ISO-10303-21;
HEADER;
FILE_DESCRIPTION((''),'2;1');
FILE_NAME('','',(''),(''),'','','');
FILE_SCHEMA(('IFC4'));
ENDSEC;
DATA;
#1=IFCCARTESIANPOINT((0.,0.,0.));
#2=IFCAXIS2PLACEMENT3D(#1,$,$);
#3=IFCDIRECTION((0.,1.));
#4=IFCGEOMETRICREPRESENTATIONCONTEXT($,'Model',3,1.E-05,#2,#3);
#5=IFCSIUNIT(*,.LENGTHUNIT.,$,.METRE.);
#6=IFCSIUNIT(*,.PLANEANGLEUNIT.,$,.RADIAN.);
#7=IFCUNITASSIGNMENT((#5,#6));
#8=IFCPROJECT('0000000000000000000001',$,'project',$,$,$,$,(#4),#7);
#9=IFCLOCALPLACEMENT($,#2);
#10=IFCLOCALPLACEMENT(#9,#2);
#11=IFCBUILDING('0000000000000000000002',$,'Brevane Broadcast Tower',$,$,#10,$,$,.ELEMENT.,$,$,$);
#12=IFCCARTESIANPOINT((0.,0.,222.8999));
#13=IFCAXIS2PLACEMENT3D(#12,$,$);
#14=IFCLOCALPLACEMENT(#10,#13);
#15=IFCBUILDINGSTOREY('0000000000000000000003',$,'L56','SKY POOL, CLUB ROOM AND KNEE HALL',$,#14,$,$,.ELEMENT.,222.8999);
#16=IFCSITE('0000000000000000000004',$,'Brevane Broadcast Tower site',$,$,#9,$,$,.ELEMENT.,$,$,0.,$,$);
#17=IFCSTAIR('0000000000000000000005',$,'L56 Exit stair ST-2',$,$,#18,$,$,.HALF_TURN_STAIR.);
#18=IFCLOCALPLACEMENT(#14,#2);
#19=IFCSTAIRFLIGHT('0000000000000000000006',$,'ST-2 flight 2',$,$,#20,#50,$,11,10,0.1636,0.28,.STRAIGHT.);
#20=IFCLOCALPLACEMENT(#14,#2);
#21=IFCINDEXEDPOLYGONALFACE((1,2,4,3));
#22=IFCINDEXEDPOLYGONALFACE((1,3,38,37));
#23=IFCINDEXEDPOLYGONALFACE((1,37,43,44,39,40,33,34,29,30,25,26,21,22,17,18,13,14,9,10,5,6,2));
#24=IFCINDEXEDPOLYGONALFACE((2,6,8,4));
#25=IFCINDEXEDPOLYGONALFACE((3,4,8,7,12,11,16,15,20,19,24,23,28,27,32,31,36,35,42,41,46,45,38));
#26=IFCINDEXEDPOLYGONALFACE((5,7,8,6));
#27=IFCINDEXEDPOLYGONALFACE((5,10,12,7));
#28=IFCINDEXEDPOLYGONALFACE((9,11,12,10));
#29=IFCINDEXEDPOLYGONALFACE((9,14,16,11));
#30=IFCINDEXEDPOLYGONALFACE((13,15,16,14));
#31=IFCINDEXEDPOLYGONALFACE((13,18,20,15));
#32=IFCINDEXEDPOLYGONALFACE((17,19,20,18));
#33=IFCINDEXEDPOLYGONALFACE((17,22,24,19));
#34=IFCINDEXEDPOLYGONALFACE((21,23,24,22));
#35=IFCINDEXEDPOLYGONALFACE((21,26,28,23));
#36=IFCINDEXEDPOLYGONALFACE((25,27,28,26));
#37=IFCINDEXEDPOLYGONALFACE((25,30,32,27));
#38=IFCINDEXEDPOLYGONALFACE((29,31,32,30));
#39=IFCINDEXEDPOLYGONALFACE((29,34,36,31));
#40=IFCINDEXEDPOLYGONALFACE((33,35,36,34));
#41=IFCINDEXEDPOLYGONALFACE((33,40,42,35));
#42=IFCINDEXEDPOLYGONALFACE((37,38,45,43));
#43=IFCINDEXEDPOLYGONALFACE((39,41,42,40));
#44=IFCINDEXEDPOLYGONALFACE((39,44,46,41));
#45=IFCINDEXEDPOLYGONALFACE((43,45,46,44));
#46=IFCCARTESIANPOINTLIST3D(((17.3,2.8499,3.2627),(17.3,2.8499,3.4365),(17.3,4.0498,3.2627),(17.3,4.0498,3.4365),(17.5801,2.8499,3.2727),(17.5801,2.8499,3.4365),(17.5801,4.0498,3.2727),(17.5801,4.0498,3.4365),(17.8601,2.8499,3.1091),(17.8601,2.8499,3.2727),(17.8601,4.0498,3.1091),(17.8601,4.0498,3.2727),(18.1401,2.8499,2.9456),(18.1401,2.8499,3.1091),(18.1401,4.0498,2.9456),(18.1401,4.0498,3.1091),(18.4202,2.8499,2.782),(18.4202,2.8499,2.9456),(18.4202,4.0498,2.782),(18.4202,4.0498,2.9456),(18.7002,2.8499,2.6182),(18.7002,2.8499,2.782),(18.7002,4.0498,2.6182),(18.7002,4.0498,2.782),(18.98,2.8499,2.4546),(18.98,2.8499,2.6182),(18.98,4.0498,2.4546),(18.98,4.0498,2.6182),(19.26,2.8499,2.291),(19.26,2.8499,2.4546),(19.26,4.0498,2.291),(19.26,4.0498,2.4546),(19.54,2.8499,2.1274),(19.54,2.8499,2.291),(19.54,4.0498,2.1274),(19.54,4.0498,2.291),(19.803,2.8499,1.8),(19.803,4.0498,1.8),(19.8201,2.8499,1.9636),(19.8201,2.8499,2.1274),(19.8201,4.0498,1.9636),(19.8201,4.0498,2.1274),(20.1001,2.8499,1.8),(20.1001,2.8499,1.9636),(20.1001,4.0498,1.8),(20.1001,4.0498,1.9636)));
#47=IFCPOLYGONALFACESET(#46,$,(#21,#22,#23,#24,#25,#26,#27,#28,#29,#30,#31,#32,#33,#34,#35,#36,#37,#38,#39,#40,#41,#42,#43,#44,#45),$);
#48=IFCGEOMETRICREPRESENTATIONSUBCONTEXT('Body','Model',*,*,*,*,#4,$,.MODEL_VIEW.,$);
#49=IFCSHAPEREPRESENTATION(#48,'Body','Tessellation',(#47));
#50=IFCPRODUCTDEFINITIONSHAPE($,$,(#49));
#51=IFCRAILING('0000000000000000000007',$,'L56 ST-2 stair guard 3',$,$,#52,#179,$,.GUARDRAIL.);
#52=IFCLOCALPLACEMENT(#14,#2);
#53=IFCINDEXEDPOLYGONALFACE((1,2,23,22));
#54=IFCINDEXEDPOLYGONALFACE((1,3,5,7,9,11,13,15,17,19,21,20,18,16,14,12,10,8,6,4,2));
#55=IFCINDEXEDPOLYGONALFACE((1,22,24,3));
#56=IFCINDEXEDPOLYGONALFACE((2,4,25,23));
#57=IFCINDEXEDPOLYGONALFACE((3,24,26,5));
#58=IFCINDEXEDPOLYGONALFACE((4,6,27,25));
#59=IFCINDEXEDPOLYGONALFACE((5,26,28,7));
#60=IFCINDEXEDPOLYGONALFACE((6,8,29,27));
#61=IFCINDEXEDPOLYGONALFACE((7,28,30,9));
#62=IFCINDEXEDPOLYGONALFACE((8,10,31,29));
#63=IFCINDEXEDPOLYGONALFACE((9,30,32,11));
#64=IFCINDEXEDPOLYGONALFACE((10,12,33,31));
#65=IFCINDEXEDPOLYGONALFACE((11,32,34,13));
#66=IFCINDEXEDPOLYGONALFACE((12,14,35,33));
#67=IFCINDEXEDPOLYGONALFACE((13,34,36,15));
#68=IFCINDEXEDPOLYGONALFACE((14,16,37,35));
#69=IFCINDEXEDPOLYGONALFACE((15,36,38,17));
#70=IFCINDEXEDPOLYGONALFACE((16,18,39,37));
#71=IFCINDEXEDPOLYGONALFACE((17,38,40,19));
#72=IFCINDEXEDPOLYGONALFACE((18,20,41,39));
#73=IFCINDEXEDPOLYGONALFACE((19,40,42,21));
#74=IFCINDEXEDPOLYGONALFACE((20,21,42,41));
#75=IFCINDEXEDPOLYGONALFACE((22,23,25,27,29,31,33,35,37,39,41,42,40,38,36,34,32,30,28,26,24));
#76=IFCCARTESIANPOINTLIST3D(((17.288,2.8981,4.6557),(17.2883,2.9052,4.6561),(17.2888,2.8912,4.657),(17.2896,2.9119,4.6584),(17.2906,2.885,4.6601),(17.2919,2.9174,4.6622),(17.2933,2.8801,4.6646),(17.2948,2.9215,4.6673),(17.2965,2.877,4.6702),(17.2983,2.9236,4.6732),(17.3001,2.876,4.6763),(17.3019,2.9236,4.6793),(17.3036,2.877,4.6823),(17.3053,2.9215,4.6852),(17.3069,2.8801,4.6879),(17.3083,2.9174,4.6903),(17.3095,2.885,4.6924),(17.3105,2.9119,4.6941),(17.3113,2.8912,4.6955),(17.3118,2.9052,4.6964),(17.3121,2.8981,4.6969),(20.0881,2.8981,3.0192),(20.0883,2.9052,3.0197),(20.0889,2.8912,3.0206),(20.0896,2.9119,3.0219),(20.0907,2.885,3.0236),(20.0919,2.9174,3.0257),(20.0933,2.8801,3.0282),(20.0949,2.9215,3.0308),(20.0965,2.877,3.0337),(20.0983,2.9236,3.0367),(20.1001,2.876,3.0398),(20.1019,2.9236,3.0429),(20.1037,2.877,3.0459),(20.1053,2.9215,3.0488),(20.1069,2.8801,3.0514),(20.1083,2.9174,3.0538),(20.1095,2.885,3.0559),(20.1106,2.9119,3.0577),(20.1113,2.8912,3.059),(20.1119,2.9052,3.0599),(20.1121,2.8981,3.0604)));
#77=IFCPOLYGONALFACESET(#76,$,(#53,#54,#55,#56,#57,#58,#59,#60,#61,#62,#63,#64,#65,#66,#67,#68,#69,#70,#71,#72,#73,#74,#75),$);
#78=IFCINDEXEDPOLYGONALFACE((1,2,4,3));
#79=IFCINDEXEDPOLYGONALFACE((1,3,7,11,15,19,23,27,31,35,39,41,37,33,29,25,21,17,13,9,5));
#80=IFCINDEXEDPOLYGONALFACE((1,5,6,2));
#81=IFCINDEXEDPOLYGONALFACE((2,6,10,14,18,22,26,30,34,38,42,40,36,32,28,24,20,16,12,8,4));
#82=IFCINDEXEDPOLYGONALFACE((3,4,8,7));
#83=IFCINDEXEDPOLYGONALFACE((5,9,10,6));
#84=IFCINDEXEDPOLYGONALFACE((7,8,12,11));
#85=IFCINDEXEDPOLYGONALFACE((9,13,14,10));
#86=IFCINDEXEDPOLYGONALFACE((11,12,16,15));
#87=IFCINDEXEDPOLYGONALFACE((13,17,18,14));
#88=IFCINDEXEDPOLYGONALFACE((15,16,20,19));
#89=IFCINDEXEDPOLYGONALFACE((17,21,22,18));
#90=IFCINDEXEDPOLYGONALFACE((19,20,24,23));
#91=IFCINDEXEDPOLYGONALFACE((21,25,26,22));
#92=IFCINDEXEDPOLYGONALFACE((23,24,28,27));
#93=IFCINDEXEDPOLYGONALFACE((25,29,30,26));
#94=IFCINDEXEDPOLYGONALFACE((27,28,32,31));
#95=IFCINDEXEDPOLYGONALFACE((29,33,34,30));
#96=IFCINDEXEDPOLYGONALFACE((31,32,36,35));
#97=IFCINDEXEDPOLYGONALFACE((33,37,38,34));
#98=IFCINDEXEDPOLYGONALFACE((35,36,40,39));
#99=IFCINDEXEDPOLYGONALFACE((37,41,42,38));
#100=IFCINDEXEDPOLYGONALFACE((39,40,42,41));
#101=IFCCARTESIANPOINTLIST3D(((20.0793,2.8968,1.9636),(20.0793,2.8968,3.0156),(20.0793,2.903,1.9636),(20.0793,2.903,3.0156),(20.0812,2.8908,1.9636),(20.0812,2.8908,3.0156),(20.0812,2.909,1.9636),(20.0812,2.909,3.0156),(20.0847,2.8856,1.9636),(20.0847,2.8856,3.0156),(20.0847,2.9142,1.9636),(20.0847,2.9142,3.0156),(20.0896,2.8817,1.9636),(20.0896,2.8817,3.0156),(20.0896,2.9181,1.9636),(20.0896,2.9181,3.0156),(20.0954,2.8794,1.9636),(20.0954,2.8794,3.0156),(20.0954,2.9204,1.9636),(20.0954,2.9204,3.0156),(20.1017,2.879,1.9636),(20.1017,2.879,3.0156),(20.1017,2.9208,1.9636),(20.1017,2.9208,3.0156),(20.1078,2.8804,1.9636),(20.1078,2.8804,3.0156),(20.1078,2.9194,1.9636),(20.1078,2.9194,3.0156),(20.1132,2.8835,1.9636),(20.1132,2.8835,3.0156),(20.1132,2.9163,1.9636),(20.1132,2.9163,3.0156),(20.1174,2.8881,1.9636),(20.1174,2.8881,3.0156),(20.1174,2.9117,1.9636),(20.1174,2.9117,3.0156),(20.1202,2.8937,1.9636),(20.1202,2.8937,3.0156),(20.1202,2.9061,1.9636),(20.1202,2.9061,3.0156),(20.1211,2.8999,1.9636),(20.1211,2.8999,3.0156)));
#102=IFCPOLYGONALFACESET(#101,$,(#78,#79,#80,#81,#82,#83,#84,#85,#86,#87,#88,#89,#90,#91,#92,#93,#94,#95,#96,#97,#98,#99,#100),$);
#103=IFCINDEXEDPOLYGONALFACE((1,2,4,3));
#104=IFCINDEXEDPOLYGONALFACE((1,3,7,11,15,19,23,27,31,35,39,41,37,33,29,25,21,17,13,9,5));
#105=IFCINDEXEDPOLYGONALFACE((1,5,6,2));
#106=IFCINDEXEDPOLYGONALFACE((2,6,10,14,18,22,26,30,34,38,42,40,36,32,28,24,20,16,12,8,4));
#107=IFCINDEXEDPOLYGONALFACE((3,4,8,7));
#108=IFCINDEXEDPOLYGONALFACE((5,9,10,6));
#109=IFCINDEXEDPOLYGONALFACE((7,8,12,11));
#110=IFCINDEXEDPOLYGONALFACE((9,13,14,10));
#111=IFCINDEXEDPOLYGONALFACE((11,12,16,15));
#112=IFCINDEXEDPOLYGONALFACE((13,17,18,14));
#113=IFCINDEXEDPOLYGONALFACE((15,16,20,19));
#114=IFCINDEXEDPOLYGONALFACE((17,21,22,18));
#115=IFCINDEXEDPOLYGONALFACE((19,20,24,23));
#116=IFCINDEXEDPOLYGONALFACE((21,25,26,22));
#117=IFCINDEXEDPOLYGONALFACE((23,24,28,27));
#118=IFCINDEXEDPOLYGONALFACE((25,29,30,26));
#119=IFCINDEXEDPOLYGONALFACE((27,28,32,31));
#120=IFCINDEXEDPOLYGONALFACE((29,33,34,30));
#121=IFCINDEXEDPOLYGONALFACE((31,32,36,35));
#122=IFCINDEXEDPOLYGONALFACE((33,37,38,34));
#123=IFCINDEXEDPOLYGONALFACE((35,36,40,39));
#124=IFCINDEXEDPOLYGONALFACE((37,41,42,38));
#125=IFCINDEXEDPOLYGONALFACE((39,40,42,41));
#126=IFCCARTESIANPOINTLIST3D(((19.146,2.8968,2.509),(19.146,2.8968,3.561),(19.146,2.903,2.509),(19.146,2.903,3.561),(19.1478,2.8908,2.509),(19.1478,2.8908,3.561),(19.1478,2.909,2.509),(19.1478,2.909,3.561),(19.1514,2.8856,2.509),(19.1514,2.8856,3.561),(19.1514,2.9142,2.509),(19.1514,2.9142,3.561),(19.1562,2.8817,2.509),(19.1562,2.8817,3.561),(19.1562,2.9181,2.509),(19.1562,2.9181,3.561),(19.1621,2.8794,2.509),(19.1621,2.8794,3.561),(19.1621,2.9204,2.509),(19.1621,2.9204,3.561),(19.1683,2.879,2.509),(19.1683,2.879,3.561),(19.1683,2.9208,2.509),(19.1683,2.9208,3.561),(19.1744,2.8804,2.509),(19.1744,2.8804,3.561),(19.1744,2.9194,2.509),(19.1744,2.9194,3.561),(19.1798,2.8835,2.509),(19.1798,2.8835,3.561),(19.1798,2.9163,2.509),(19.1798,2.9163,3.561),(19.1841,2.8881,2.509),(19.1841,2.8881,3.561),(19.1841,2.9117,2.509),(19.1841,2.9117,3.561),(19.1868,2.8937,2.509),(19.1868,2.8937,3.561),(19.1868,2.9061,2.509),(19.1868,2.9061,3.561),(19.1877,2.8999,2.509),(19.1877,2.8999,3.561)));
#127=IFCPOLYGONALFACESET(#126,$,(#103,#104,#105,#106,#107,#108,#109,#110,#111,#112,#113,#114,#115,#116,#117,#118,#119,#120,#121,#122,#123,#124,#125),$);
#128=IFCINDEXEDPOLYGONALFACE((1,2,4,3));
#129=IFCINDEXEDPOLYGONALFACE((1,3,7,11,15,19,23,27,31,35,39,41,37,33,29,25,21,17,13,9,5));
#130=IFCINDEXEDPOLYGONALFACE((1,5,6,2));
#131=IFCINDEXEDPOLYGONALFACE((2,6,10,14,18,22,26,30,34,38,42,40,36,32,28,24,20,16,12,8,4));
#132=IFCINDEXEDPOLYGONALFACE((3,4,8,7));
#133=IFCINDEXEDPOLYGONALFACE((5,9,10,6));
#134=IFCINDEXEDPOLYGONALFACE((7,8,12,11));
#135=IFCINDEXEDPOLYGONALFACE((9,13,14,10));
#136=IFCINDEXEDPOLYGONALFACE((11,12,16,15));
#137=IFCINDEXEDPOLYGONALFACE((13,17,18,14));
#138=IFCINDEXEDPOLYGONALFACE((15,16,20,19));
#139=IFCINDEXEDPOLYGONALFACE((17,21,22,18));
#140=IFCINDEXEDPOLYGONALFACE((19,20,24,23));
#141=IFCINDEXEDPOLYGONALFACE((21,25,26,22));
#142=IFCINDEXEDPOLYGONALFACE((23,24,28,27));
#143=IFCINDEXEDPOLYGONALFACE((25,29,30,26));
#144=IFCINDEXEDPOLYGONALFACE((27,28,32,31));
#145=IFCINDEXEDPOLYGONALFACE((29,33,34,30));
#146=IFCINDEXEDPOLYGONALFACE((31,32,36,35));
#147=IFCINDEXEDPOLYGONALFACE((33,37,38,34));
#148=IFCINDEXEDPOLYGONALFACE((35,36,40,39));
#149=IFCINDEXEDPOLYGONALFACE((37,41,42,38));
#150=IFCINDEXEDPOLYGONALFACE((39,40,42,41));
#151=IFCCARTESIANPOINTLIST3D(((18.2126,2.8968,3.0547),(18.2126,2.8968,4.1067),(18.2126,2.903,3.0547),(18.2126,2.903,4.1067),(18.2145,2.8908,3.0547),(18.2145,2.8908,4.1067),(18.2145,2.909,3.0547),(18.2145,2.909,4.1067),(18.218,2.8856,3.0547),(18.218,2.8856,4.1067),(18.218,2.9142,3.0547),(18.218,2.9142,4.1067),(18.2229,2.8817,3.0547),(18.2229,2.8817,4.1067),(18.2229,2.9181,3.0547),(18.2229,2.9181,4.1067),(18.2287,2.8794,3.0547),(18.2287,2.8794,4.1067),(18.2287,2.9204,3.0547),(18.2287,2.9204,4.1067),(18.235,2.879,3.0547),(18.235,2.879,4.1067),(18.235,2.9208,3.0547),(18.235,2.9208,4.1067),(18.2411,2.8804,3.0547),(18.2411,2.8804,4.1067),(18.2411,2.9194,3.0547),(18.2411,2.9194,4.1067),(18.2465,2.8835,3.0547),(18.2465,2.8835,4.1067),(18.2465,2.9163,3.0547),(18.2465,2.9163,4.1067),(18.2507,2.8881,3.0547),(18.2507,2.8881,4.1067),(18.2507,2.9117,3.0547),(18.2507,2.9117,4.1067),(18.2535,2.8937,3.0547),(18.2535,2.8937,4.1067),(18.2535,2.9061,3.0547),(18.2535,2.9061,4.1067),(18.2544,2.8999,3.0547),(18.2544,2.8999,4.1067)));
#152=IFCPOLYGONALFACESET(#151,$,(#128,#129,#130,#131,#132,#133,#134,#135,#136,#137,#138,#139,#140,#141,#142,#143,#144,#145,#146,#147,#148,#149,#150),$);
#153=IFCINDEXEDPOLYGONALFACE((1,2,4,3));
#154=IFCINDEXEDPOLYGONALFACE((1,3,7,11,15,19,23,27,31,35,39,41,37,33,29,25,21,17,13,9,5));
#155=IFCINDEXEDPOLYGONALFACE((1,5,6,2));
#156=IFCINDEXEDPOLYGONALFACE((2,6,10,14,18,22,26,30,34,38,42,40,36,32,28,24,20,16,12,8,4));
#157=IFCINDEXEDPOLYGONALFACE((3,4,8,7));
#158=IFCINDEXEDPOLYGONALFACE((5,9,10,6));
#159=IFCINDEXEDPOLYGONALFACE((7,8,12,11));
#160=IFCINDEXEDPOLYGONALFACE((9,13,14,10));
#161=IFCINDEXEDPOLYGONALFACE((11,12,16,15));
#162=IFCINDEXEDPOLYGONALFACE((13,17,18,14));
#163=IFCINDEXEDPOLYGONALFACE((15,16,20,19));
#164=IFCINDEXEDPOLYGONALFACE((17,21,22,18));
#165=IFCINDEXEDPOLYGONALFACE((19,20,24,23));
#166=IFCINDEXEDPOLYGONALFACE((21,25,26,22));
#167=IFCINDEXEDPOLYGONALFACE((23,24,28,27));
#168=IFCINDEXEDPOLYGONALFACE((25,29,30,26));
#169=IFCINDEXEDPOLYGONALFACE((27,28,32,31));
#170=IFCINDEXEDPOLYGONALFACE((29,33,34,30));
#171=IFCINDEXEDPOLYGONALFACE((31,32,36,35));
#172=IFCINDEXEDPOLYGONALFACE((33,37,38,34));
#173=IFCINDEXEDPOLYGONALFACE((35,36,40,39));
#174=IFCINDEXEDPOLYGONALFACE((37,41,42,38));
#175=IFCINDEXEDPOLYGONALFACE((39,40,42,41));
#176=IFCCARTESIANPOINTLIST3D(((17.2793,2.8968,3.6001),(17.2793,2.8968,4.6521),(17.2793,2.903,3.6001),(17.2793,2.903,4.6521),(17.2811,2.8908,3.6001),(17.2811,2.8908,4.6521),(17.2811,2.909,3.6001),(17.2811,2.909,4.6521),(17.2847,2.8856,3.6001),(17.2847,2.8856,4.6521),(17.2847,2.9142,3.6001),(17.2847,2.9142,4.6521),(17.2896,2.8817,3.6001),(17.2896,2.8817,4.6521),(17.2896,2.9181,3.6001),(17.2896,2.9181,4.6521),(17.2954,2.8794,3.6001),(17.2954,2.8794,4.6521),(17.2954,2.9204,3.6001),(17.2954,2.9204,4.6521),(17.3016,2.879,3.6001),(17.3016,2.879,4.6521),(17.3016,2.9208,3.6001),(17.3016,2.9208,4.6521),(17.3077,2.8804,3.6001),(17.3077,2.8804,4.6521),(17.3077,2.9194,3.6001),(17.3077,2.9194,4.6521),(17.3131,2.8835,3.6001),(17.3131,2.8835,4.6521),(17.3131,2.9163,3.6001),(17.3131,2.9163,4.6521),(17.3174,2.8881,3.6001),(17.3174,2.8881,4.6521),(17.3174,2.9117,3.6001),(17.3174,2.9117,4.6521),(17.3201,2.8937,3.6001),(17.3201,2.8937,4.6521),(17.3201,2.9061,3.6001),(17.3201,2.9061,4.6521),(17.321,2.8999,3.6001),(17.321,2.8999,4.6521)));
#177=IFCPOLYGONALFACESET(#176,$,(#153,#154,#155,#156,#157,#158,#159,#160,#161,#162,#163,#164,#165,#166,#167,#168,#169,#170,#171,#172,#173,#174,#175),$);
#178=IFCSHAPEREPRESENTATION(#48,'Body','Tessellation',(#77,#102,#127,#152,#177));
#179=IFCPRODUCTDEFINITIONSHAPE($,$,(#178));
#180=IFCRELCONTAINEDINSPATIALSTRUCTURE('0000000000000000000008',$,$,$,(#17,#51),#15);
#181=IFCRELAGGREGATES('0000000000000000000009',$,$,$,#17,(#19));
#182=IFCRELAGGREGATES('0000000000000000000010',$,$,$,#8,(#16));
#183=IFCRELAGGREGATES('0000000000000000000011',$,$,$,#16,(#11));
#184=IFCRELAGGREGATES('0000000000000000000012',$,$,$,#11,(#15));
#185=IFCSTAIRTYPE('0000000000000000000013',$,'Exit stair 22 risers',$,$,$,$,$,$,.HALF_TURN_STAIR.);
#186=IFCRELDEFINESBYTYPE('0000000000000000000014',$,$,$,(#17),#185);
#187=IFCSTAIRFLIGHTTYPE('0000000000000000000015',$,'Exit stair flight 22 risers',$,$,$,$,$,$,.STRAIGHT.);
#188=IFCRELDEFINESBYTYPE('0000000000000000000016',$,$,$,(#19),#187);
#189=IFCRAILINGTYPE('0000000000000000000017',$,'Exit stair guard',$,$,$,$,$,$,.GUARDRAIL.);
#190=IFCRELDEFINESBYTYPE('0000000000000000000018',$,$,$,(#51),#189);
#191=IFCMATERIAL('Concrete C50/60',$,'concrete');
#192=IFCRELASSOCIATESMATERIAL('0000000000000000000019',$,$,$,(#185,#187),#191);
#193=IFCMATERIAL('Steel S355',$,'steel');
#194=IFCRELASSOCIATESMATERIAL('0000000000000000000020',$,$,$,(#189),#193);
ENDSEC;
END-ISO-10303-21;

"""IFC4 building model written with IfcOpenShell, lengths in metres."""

from ifc_helpers import new_model, si_unit, direction, frame, origin, origin_2d, place, context, subcontext, project, spatial, polyline, circle, outline, extrude, material, type_object, element, aggregate, save


model = new_model("IFC4")

# Units and contexts
model_context = context("Model", 3, precision=1e-05, world=origin(), true_north=direction((0.0, 1.0)))
body_context = subcontext(model_context, "Body", "Model", "MODEL_VIEW")
ifc_project = project(units=[si_unit("LENGTHUNIT", "METRE"), si_unit("PLANEANGLEUNIT", "RADIAN")], contexts=[model_context])

# Site, building, storey
site_placement = place(None, origin())
site = spatial("IfcSite", under=ifc_project, at=site_placement, Name="Brevane Broadcast Tower site", CompositionType="ELEMENT", RefElevation=0.0)
building_placement = place(site_placement, origin())
building = spatial("IfcBuilding", under=site, at=building_placement, Name="Brevane Broadcast Tower", CompositionType="ELEMENT")
storey_placement = place(building_placement, frame((0.0, 0.0, 222.8999)))
storey = spatial("IfcBuildingStorey", under=building, at=storey_placement, Name="L56", Description="SKY POOL, CLUB ROOM AND KNEE HALL", CompositionType="ELEMENT", Elevation=222.8999)

# Shared definitions
ifc_material_1 = material(Name="Concrete C50/60", Category="concrete")

# Stair, stair flight
stair_type = type_object("IfcStairType", Name="Exit stair 22 risers", PredefinedType="HALF_TURN_STAIR", material=ifc_material_1)
stair_placement = place(storey_placement, origin())
stair = element("IfcStair", 1, at=stair_placement, inside=storey, type_object=stair_type, Name="L56 Exit stair ST-2", PredefinedType="HALF_TURN_STAIR")
stair_flight_type = type_object("IfcStairFlightType", Name="Exit stair flight 22 risers", PredefinedType="STRAIGHT", material=ifc_material_1)
stair_flight_placement = place(storey_placement, frame((20.1001, 3.45, 1.8), z_axis=(0.0, 0.0, 1.0), x_axis=(-1.0, 0.0, 0.0)))
stair_flight = element("IfcStairFlight", 2, at=stair_flight_placement, type_object=stair_flight_type, Name="ST-2 flight 2", NumberOfRisers=11, NumberOfTreads=10, PredefinedType="STRAIGHT", RiserHeight=0.1636, TreadLength=0.28, context=body_context, shape_type="SweptSolid", body=[
    extrude(outline(polyline([(0.0, 0.0), (0.0, 0.1636), (0.28, 0.1636), (0.28, 0.3274), (0.5601, 0.3274), (0.5601, 0.491), (0.8401, 0.491), (0.8401, 0.6545), (1.1201, 0.6545), (1.1201, 0.8181), (1.3999, 0.8181), (1.3999, 0.9819), (1.6799, 0.9819), (1.6799, 1.1455), (1.96, 1.1455), (1.96, 1.3091), (2.24, 1.3091), (2.24, 1.4727), (2.52, 1.4727), (2.52, 1.6365), (2.8, 1.6365), (2.8, 1.8), (2.8, 1.4626), (0.2971, 0.0), (0.0, 0.0)])), frame((0.0, 0.6001, 0.0), z_axis=(0.0, -1.0, 0.0), x_axis=(1.0, 0.0, 0.0)), (0.0, 0.0, 1.0), 1.2),
])
aggregate(stair, [stair_flight])

# Railing
ifc_material_2 = material(Name="Steel S355", Category="steel")
railing_type_1 = type_object("IfcRailingType", Name="Exit stair guard", PredefinedType="GUARDRAIL", material=ifc_material_2)
railing_1_placement = place(storey_placement, frame((20.1001, 2.8999, 1.9636)))
element("IfcRailing", 3, at=railing_1_placement, inside=storey, type_object=railing_type_1, Name="L56 ST-2 stair guard 3", PredefinedType="GUARDRAIL", context=body_context, shape_type="SweptSolid", body=[
    extrude(circle(Radius=0.0239, at=origin_2d()), frame((0.0, 0.0, 1.0762), z_axis=(-0.863361, 0.0, 0.504587), x_axis=(0.0, -1.0, 0.0)), (0.0, 0.0, 1.0), 3.2432),
    extrude(circle(Radius=0.021, at=origin_2d()), origin(), (0.0, 0.0, 1.0), 1.052),
    extrude(circle(Radius=0.021, at=origin_2d()), frame((-0.9333, 0.0, 0.5454)), (0.0, 0.0, 1.0), 1.052),
    extrude(circle(Radius=0.021, at=origin_2d()), frame((-1.8667, 0.0, 1.0911)), (0.0, 0.0, 1.0), 1.052),
    extrude(circle(Radius=0.021, at=origin_2d()), frame((-2.8, 0.0, 1.6365)), (0.0, 0.0, 1.0), 1.052),
])

save(model, "model.ifc")
